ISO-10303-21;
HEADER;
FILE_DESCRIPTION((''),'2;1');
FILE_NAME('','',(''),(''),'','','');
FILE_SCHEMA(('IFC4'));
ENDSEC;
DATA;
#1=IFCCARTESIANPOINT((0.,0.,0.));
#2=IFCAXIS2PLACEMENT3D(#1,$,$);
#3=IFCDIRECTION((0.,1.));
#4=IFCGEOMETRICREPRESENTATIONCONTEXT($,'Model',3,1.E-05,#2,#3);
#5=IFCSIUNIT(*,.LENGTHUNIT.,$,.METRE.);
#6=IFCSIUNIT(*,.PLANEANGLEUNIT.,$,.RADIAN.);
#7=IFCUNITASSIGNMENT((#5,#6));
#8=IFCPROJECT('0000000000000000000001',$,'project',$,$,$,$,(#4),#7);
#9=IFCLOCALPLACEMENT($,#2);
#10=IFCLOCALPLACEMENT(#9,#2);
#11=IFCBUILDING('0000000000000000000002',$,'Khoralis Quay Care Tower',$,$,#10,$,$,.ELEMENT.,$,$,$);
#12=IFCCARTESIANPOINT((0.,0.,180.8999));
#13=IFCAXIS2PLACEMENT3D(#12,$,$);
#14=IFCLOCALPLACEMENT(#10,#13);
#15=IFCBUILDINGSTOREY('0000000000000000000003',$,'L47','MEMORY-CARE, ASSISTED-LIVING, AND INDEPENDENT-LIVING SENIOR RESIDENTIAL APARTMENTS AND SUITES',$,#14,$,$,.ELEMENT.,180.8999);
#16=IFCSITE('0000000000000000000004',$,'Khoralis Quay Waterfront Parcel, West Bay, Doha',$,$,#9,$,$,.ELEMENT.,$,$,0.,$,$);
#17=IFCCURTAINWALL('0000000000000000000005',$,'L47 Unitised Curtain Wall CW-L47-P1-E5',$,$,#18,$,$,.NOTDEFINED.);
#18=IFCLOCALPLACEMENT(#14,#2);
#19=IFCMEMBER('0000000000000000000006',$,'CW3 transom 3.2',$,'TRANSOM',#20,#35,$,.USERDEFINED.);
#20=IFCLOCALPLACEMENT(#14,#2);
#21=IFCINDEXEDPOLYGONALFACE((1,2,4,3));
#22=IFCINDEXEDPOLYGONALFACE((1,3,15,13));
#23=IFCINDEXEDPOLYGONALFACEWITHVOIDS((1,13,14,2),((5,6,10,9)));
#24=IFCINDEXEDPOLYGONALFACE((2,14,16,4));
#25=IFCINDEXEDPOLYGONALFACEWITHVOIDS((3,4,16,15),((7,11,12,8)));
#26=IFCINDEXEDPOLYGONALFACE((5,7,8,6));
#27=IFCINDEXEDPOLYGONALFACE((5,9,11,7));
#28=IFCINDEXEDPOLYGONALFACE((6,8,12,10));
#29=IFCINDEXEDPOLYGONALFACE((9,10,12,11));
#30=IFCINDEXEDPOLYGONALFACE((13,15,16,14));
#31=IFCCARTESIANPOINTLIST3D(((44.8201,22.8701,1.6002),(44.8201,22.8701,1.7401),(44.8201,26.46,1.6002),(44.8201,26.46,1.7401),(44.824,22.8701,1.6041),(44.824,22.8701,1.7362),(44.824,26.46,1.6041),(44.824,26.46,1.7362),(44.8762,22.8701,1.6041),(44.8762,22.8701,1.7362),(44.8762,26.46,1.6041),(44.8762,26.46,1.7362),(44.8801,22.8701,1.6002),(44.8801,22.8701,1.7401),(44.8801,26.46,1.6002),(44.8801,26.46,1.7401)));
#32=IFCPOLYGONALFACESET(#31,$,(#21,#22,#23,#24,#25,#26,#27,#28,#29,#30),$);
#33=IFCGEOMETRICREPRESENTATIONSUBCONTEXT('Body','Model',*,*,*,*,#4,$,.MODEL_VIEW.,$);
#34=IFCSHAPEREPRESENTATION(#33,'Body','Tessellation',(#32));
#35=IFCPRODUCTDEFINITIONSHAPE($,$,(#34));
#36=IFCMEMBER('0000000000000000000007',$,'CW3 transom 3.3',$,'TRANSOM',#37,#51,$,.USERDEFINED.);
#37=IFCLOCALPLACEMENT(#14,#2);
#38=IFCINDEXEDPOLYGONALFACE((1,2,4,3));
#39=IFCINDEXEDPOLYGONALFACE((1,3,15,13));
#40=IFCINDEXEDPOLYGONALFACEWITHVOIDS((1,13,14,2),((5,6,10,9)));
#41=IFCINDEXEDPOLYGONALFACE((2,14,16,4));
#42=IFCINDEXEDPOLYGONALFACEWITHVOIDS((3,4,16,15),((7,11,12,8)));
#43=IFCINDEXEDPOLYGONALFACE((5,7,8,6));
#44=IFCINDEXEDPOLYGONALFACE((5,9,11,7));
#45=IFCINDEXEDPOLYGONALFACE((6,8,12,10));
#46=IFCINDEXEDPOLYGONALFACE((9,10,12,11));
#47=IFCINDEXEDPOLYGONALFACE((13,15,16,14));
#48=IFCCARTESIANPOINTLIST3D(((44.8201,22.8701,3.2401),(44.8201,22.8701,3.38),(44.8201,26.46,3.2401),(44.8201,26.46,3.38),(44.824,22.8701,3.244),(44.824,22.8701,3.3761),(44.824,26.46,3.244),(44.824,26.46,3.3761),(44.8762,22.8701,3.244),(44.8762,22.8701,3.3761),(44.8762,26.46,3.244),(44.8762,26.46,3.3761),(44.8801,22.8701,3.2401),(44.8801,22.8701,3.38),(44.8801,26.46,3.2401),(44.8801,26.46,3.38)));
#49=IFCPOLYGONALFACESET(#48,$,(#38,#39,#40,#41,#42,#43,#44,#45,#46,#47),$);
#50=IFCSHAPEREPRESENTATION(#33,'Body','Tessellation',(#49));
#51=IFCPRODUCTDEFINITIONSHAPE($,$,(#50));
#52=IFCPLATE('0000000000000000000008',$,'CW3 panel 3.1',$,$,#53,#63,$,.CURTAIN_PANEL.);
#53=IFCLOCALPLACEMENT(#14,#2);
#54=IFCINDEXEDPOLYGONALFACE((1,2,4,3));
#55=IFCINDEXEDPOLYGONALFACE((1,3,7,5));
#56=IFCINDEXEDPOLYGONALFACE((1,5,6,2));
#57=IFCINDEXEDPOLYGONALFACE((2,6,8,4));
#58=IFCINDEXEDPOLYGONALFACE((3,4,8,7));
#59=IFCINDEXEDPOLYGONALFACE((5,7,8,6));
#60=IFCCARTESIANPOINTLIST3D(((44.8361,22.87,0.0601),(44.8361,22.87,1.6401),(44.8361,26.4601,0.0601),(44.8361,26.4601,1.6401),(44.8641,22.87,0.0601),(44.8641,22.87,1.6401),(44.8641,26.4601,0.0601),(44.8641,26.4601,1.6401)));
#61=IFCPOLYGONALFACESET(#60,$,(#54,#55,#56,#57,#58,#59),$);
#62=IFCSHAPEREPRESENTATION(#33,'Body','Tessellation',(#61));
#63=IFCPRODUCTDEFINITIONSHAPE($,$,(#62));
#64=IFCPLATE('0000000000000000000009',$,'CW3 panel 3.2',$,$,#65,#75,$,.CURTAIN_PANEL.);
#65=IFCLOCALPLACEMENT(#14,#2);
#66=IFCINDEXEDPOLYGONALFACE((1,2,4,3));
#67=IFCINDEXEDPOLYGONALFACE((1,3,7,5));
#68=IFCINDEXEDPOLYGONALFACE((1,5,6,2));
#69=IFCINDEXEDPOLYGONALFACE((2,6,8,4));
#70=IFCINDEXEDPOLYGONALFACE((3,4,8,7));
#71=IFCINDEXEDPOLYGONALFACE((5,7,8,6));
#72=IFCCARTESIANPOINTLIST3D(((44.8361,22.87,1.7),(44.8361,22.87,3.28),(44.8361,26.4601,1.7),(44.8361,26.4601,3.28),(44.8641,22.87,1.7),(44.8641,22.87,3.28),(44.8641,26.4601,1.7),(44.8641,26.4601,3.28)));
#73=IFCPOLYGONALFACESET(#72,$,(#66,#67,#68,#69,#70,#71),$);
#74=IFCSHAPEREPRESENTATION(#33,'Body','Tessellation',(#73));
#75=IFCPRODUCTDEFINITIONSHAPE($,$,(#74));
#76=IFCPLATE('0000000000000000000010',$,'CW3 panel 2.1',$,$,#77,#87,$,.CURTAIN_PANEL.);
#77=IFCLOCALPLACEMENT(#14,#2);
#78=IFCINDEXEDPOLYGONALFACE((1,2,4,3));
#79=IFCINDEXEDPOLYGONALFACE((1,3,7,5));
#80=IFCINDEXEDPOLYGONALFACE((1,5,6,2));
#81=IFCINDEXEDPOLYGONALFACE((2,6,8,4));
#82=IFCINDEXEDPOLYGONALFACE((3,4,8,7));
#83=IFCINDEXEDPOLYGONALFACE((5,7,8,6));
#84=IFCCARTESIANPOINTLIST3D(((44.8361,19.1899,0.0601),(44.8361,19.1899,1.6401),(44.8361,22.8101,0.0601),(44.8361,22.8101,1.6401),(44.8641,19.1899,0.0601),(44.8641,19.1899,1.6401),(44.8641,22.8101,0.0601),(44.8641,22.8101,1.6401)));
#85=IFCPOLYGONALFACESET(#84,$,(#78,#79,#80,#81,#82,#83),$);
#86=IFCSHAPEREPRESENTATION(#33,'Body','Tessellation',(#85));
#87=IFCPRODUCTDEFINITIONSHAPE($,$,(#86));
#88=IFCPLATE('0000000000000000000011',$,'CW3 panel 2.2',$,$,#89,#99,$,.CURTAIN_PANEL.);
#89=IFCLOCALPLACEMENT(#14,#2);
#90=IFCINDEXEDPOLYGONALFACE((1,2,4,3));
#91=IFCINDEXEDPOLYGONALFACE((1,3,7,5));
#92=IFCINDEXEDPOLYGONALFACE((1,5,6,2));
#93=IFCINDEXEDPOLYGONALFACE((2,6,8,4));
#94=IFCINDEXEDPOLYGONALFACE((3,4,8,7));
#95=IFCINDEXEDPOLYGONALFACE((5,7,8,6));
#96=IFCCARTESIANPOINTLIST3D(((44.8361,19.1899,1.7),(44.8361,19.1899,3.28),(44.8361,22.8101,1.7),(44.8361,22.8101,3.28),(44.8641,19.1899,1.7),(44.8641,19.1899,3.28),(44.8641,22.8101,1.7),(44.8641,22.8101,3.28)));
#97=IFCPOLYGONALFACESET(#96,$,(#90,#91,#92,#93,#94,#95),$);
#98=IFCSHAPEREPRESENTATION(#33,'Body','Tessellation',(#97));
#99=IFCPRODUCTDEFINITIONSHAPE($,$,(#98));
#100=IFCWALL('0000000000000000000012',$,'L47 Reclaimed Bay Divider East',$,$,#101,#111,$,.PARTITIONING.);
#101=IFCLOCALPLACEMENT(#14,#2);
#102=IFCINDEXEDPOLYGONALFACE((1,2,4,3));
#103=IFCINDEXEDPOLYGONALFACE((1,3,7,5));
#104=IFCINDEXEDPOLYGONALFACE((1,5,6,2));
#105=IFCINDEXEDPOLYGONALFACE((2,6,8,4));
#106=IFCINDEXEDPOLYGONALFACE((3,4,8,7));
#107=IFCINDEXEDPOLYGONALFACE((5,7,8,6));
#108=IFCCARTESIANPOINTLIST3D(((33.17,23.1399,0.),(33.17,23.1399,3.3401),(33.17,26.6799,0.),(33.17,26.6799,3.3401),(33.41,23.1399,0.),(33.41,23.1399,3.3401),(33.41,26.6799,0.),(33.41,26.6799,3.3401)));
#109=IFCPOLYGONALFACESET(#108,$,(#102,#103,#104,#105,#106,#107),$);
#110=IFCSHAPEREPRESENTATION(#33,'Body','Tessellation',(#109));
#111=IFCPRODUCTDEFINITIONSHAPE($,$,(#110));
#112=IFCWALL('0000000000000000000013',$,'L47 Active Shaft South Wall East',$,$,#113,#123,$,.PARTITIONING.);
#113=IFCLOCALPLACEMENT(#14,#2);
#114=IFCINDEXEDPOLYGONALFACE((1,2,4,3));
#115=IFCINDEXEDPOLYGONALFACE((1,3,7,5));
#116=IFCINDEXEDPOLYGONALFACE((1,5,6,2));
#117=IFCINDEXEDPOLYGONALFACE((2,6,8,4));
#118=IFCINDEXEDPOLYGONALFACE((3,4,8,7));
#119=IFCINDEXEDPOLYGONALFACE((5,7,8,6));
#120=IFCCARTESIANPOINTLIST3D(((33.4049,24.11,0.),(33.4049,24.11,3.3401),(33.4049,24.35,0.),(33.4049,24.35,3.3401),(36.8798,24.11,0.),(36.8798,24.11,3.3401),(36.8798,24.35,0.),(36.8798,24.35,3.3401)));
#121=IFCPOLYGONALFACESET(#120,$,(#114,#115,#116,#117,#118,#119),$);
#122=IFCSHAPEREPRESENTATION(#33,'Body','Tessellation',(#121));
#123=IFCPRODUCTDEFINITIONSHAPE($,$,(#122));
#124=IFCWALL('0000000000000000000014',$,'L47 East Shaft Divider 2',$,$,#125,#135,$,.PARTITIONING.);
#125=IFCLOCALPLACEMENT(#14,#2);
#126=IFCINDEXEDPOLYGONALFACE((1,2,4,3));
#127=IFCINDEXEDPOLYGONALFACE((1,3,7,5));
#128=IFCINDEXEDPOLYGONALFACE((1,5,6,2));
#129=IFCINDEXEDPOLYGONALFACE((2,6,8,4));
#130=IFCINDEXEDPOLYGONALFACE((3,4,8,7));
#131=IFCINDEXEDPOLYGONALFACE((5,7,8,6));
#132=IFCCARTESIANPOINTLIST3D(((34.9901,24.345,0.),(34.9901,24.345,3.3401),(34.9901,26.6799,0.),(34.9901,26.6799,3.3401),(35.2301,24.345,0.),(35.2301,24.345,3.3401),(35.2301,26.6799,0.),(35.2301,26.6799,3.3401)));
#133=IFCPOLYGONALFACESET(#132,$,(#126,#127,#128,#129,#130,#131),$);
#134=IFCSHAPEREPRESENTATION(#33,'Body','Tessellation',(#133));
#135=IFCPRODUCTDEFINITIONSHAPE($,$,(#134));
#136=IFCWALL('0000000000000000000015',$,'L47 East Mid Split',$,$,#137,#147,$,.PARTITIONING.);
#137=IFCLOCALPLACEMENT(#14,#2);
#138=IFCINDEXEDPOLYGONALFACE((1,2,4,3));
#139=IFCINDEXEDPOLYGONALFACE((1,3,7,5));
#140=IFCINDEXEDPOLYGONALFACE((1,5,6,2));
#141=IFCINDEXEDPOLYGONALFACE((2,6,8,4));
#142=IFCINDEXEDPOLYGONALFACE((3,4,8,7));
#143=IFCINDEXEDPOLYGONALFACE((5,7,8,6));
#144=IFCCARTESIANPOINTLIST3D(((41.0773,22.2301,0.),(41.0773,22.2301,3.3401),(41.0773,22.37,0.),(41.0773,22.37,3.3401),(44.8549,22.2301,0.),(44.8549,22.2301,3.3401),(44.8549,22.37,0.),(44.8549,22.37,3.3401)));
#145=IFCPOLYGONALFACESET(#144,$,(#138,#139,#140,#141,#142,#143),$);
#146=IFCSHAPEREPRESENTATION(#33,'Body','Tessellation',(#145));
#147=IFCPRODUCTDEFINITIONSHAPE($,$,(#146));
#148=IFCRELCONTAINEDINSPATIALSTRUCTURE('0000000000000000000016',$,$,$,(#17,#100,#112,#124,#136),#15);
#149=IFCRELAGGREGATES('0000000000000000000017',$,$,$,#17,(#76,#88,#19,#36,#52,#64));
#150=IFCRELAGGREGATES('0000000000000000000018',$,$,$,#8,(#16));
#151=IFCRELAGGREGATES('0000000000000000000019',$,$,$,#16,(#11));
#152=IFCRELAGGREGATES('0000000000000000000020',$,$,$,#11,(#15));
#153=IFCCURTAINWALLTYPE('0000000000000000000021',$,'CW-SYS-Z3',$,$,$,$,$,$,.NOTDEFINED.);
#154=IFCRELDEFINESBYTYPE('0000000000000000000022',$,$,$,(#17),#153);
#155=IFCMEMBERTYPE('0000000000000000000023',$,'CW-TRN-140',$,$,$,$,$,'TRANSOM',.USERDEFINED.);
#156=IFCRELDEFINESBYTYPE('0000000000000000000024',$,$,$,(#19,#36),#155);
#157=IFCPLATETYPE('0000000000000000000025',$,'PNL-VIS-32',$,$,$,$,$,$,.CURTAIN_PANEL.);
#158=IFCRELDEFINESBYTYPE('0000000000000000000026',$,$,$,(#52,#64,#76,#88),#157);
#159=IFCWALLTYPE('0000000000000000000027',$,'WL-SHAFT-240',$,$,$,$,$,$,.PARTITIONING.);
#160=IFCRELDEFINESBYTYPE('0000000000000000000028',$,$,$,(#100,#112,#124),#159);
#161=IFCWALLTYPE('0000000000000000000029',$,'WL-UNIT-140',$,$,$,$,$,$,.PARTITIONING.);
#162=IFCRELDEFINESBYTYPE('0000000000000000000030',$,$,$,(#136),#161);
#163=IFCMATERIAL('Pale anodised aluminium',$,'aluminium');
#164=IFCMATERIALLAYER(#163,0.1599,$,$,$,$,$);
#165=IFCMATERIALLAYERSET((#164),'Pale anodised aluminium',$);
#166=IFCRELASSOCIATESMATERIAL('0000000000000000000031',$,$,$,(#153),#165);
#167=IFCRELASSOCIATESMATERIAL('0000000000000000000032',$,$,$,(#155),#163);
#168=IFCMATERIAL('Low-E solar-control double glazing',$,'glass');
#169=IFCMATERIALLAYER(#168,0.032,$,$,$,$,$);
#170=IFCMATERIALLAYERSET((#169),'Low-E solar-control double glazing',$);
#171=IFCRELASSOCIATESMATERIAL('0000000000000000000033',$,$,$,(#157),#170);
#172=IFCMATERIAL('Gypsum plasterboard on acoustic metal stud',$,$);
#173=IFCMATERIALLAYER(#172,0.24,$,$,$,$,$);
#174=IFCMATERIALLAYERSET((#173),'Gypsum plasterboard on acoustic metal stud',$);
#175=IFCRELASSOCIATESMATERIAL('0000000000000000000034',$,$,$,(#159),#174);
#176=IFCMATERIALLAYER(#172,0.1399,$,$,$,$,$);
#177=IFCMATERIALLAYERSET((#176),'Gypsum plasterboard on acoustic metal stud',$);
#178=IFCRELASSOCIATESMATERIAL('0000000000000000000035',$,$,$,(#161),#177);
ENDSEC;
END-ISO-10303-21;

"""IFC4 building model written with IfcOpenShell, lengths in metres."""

from ifc_helpers import new_model, si_unit, direction, frame, frame_2d, origin, origin_2d, place, context, subcontext, project, spatial, rectangle, hollow_rectangle, extrude, source, transform, mapped, material, layer, layer_set, material_profile, profile_set, type_object, element, aggregate, save


model = new_model("IFC4")

# Units and contexts
model_context = context("Model", 3, precision=1e-05, world=origin(), true_north=direction((0.0, 1.0)))
body_context = subcontext(model_context, "Body", "Model", "MODEL_VIEW")
ifc_project = project(units=[si_unit("LENGTHUNIT", "METRE"), si_unit("PLANEANGLEUNIT", "RADIAN")], contexts=[model_context])

# Site, building, storey
site_placement = place(None, origin())
site = spatial("IfcSite", under=ifc_project, at=site_placement, Name="Khoralis Quay Waterfront Parcel, West Bay, Doha", CompositionType="ELEMENT", RefElevation=0.0)
building_placement = place(site_placement, origin())
building = spatial("IfcBuilding", under=site, at=building_placement, Name="Khoralis Quay Care Tower", CompositionType="ELEMENT")
storey_placement = place(building_placement, frame((0.0, 0.0, 180.8999)))
storey = spatial("IfcBuildingStorey", under=building, at=storey_placement, Name="L47", Description="MEMORY-CARE, ASSISTED-LIVING, AND INDEPENDENT-LIVING SENIOR RESIDENTIAL APARTMENTS AND SUITES", CompositionType="ELEMENT", Elevation=180.8999)

# Curtain wall, members, plates
ifc_material_1 = material(Name="Pale anodised aluminium", Category="aluminium")
ifc_layer_1 = layer(ifc_material_1, 0.1599)
ifc_layer_set_1 = layer_set([ifc_layer_1], Name="Pale anodised aluminium")
curtain_wall_type = type_object("IfcCurtainWallType", Name="CW-SYS-Z3", PredefinedType="NOTDEFINED", material=ifc_layer_set_1)
curtain_wall_placement = place(storey_placement, origin())
curtain_wall = element("IfcCurtainWall", 1, at=curtain_wall_placement, inside=storey, type_object=curtain_wall_type, Name="L47 Unitised Curtain Wall CW-L47-P1-E5", PredefinedType="NOTDEFINED")
ifc_material_profile_1 = material_profile(ifc_material_1, hollow_rectangle(XDim=0.0601, YDim=0.1399, WallThickness=0.0039, at=origin_2d()), Name="Pale anodised aluminium")
ifc_profile_set_1 = profile_set([ifc_material_profile_1], Name="Pale anodised aluminium")
member_type_1 = type_object("IfcMemberType", Name="CW-TRN-140", ElementType="TRANSOM", PredefinedType="USERDEFINED", material=ifc_profile_set_1)
shared_shape_1 = source(origin(), body_context, "Body", "SweptSolid", [
    extrude(hollow_rectangle(XDim=0.0601, YDim=0.1399, WallThickness=0.0039, at=origin_2d()), origin(), (0.0, 0.0, 1.0), 3.5898),
])
member_1_placement = place(storey_placement, frame((44.8501, 22.8701, 1.6702), z_axis=(0.0, 1.0, 0.0), x_axis=(-1.0, 0.0, 0.0)))
member_1 = element("IfcMember", 2, at=member_1_placement, type_object=member_type_1, Name="CW3 transom 3.2", ObjectType="TRANSOM", PredefinedType="USERDEFINED", context=body_context, shape_type="MappedRepresentation", body=[
    mapped(shared_shape_1, transform((0.0, 0.0, 0.0), scale=1.0)),
])
member_2_placement = place(storey_placement, frame((44.8501, 22.8701, 3.3101), z_axis=(0.0, 1.0, 0.0), x_axis=(-1.0, 0.0, 0.0)))
member_2 = element("IfcMember", 3, at=member_2_placement, type_object=member_type_1, Name="CW3 transom 3.3", ObjectType="TRANSOM", PredefinedType="USERDEFINED", context=body_context, shape_type="MappedRepresentation", body=[
    mapped(shared_shape_1, transform((0.0, 0.0, 0.0), scale=1.0)),
])
ifc_material_2 = material(Name="Low-E solar-control double glazing", Category="glass")
ifc_layer_2 = layer(ifc_material_2, 0.032)
ifc_layer_set_2 = layer_set([ifc_layer_2], Name="Low-E solar-control double glazing")
plate_type = type_object("IfcPlateType", Name="PNL-VIS-32", PredefinedType="CURTAIN_PANEL", material=ifc_layer_set_2)
shared_shape_2 = source(origin(), body_context, "Body", "SweptSolid", [
    extrude(rectangle(XDim=3.5901, YDim=0.0281, at=origin_2d()), origin(), (0.0, 0.0, 1.0), 1.5801),
])
plate_1_placement = place(storey_placement, frame((44.8501, 24.665, 0.0601), z_axis=(0.0, 0.0, 1.0), x_axis=(0.0, 1.0, 0.0)))
plate_1 = element("IfcPlate", 4, at=plate_1_placement, type_object=plate_type, Name="CW3 panel 3.1", PredefinedType="CURTAIN_PANEL", context=body_context, shape_type="MappedRepresentation", body=[
    mapped(shared_shape_2, transform((0.0, 0.0, 0.0), scale=1.0)),
])
plate_2_placement = place(storey_placement, frame((44.8501, 24.665, 1.7), z_axis=(0.0, 0.0, 1.0), x_axis=(0.0, 1.0, 0.0)))
plate_2 = element("IfcPlate", 5, at=plate_2_placement, type_object=plate_type, Name="CW3 panel 3.2", PredefinedType="CURTAIN_PANEL", context=body_context, shape_type="MappedRepresentation", body=[
    mapped(shared_shape_2, transform((0.0, 0.0, 0.0), scale=1.0)),
])
shared_shape_3 = source(origin(), body_context, "Body", "SweptSolid", [
    extrude(rectangle(XDim=3.6201, YDim=0.0281, at=origin_2d()), origin(), (0.0, 0.0, 1.0), 1.5801),
])
plate_3_placement = place(storey_placement, frame((44.8501, 21.0, 0.0601), z_axis=(0.0, 0.0, 1.0), x_axis=(0.0, 1.0, 0.0)))
plate_3 = element("IfcPlate", 6, at=plate_3_placement, type_object=plate_type, Name="CW3 panel 2.1", PredefinedType="CURTAIN_PANEL", context=body_context, shape_type="MappedRepresentation", body=[
    mapped(shared_shape_3, transform((0.0, 0.0, 0.0), scale=1.0)),
])
plate_4_placement = place(storey_placement, frame((44.8501, 21.0, 1.7), z_axis=(0.0, 0.0, 1.0), x_axis=(0.0, 1.0, 0.0)))
plate_4 = element("IfcPlate", 7, at=plate_4_placement, type_object=plate_type, Name="CW3 panel 2.2", PredefinedType="CURTAIN_PANEL", context=body_context, shape_type="MappedRepresentation", body=[
    mapped(shared_shape_3, transform((0.0, 0.0, 0.0), scale=1.0)),
])
aggregate(curtain_wall, [plate_3, plate_4, member_1, member_2, plate_1, plate_2])

# Walls
ifc_material_3 = material(Name="Gypsum plasterboard on acoustic metal stud")
ifc_layer_3 = layer(ifc_material_3, 0.24)
ifc_layer_set_3 = layer_set([ifc_layer_3], Name="Gypsum plasterboard on acoustic metal stud")
wall_type_1 = type_object("IfcWallType", Name="WL-SHAFT-240", PredefinedType="PARTITIONING", material=ifc_layer_set_3)
wall_1_placement = place(storey_placement, frame((33.29, 23.1399, 0.0), z_axis=(0.0, 0.0, 1.0), x_axis=(0.0, 1.0, 0.0)))
element("IfcWall", 8, at=wall_1_placement, inside=storey, type_object=wall_type_1, Name="L47 Reclaimed Bay Divider East", PredefinedType="PARTITIONING", context=body_context, shape_type="SweptSolid", body=[
    extrude(rectangle(XDim=3.54, YDim=0.24, at=frame_2d((1.77, 0.0))), origin(), (0.0, 0.0, 1.0), 3.3401),
])
wall_2_placement = place(storey_placement, frame((33.405, 24.23, 0.0), z_axis=(0.0, 0.0, 1.0), x_axis=(1.0, 0.0, 0.0)))
element("IfcWall", 9, at=wall_2_placement, inside=storey, type_object=wall_type_1, Name="L47 Active Shaft South Wall East", PredefinedType="PARTITIONING", context=body_context, shape_type="SweptSolid", body=[
    extrude(rectangle(XDim=3.4749, YDim=0.24, at=frame_2d((1.7373, 0.0))), origin(), (0.0, 0.0, 1.0), 3.3401),
])
wall_3_placement = place(storey_placement, frame((35.1101, 24.345, 0.0), z_axis=(0.0, 0.0, 1.0), x_axis=(0.0, 1.0, 0.0)))
element("IfcWall", 10, at=wall_3_placement, inside=storey, type_object=wall_type_1, Name="L47 East Shaft Divider 2", PredefinedType="PARTITIONING", context=body_context, shape_type="SweptSolid", body=[
    extrude(rectangle(XDim=2.335, YDim=0.24, at=frame_2d((1.1675, 0.0))), origin(), (0.0, 0.0, 1.0), 3.3401),
])
ifc_layer_4 = layer(ifc_material_3, 0.1399)
ifc_layer_set_4 = layer_set([ifc_layer_4], Name="Gypsum plasterboard on acoustic metal stud")
wall_type_2 = type_object("IfcWallType", Name="WL-UNIT-140", PredefinedType="PARTITIONING", material=ifc_layer_set_4)
wall_4_placement = place(storey_placement, frame((41.0774, 22.3, 0.0), z_axis=(0.0, 0.0, 1.0), x_axis=(1.0, 0.0, 0.0)))
element("IfcWall", 11, at=wall_4_placement, inside=storey, type_object=wall_type_2, Name="L47 East Mid Split", PredefinedType="PARTITIONING", context=body_context, shape_type="SweptSolid", body=[
    extrude(rectangle(XDim=3.7776, YDim=0.1399, at=frame_2d((1.8887, 0.0))), origin(), (0.0, 0.0, 1.0), 3.3401),
])

save(model, "model.ifc")
